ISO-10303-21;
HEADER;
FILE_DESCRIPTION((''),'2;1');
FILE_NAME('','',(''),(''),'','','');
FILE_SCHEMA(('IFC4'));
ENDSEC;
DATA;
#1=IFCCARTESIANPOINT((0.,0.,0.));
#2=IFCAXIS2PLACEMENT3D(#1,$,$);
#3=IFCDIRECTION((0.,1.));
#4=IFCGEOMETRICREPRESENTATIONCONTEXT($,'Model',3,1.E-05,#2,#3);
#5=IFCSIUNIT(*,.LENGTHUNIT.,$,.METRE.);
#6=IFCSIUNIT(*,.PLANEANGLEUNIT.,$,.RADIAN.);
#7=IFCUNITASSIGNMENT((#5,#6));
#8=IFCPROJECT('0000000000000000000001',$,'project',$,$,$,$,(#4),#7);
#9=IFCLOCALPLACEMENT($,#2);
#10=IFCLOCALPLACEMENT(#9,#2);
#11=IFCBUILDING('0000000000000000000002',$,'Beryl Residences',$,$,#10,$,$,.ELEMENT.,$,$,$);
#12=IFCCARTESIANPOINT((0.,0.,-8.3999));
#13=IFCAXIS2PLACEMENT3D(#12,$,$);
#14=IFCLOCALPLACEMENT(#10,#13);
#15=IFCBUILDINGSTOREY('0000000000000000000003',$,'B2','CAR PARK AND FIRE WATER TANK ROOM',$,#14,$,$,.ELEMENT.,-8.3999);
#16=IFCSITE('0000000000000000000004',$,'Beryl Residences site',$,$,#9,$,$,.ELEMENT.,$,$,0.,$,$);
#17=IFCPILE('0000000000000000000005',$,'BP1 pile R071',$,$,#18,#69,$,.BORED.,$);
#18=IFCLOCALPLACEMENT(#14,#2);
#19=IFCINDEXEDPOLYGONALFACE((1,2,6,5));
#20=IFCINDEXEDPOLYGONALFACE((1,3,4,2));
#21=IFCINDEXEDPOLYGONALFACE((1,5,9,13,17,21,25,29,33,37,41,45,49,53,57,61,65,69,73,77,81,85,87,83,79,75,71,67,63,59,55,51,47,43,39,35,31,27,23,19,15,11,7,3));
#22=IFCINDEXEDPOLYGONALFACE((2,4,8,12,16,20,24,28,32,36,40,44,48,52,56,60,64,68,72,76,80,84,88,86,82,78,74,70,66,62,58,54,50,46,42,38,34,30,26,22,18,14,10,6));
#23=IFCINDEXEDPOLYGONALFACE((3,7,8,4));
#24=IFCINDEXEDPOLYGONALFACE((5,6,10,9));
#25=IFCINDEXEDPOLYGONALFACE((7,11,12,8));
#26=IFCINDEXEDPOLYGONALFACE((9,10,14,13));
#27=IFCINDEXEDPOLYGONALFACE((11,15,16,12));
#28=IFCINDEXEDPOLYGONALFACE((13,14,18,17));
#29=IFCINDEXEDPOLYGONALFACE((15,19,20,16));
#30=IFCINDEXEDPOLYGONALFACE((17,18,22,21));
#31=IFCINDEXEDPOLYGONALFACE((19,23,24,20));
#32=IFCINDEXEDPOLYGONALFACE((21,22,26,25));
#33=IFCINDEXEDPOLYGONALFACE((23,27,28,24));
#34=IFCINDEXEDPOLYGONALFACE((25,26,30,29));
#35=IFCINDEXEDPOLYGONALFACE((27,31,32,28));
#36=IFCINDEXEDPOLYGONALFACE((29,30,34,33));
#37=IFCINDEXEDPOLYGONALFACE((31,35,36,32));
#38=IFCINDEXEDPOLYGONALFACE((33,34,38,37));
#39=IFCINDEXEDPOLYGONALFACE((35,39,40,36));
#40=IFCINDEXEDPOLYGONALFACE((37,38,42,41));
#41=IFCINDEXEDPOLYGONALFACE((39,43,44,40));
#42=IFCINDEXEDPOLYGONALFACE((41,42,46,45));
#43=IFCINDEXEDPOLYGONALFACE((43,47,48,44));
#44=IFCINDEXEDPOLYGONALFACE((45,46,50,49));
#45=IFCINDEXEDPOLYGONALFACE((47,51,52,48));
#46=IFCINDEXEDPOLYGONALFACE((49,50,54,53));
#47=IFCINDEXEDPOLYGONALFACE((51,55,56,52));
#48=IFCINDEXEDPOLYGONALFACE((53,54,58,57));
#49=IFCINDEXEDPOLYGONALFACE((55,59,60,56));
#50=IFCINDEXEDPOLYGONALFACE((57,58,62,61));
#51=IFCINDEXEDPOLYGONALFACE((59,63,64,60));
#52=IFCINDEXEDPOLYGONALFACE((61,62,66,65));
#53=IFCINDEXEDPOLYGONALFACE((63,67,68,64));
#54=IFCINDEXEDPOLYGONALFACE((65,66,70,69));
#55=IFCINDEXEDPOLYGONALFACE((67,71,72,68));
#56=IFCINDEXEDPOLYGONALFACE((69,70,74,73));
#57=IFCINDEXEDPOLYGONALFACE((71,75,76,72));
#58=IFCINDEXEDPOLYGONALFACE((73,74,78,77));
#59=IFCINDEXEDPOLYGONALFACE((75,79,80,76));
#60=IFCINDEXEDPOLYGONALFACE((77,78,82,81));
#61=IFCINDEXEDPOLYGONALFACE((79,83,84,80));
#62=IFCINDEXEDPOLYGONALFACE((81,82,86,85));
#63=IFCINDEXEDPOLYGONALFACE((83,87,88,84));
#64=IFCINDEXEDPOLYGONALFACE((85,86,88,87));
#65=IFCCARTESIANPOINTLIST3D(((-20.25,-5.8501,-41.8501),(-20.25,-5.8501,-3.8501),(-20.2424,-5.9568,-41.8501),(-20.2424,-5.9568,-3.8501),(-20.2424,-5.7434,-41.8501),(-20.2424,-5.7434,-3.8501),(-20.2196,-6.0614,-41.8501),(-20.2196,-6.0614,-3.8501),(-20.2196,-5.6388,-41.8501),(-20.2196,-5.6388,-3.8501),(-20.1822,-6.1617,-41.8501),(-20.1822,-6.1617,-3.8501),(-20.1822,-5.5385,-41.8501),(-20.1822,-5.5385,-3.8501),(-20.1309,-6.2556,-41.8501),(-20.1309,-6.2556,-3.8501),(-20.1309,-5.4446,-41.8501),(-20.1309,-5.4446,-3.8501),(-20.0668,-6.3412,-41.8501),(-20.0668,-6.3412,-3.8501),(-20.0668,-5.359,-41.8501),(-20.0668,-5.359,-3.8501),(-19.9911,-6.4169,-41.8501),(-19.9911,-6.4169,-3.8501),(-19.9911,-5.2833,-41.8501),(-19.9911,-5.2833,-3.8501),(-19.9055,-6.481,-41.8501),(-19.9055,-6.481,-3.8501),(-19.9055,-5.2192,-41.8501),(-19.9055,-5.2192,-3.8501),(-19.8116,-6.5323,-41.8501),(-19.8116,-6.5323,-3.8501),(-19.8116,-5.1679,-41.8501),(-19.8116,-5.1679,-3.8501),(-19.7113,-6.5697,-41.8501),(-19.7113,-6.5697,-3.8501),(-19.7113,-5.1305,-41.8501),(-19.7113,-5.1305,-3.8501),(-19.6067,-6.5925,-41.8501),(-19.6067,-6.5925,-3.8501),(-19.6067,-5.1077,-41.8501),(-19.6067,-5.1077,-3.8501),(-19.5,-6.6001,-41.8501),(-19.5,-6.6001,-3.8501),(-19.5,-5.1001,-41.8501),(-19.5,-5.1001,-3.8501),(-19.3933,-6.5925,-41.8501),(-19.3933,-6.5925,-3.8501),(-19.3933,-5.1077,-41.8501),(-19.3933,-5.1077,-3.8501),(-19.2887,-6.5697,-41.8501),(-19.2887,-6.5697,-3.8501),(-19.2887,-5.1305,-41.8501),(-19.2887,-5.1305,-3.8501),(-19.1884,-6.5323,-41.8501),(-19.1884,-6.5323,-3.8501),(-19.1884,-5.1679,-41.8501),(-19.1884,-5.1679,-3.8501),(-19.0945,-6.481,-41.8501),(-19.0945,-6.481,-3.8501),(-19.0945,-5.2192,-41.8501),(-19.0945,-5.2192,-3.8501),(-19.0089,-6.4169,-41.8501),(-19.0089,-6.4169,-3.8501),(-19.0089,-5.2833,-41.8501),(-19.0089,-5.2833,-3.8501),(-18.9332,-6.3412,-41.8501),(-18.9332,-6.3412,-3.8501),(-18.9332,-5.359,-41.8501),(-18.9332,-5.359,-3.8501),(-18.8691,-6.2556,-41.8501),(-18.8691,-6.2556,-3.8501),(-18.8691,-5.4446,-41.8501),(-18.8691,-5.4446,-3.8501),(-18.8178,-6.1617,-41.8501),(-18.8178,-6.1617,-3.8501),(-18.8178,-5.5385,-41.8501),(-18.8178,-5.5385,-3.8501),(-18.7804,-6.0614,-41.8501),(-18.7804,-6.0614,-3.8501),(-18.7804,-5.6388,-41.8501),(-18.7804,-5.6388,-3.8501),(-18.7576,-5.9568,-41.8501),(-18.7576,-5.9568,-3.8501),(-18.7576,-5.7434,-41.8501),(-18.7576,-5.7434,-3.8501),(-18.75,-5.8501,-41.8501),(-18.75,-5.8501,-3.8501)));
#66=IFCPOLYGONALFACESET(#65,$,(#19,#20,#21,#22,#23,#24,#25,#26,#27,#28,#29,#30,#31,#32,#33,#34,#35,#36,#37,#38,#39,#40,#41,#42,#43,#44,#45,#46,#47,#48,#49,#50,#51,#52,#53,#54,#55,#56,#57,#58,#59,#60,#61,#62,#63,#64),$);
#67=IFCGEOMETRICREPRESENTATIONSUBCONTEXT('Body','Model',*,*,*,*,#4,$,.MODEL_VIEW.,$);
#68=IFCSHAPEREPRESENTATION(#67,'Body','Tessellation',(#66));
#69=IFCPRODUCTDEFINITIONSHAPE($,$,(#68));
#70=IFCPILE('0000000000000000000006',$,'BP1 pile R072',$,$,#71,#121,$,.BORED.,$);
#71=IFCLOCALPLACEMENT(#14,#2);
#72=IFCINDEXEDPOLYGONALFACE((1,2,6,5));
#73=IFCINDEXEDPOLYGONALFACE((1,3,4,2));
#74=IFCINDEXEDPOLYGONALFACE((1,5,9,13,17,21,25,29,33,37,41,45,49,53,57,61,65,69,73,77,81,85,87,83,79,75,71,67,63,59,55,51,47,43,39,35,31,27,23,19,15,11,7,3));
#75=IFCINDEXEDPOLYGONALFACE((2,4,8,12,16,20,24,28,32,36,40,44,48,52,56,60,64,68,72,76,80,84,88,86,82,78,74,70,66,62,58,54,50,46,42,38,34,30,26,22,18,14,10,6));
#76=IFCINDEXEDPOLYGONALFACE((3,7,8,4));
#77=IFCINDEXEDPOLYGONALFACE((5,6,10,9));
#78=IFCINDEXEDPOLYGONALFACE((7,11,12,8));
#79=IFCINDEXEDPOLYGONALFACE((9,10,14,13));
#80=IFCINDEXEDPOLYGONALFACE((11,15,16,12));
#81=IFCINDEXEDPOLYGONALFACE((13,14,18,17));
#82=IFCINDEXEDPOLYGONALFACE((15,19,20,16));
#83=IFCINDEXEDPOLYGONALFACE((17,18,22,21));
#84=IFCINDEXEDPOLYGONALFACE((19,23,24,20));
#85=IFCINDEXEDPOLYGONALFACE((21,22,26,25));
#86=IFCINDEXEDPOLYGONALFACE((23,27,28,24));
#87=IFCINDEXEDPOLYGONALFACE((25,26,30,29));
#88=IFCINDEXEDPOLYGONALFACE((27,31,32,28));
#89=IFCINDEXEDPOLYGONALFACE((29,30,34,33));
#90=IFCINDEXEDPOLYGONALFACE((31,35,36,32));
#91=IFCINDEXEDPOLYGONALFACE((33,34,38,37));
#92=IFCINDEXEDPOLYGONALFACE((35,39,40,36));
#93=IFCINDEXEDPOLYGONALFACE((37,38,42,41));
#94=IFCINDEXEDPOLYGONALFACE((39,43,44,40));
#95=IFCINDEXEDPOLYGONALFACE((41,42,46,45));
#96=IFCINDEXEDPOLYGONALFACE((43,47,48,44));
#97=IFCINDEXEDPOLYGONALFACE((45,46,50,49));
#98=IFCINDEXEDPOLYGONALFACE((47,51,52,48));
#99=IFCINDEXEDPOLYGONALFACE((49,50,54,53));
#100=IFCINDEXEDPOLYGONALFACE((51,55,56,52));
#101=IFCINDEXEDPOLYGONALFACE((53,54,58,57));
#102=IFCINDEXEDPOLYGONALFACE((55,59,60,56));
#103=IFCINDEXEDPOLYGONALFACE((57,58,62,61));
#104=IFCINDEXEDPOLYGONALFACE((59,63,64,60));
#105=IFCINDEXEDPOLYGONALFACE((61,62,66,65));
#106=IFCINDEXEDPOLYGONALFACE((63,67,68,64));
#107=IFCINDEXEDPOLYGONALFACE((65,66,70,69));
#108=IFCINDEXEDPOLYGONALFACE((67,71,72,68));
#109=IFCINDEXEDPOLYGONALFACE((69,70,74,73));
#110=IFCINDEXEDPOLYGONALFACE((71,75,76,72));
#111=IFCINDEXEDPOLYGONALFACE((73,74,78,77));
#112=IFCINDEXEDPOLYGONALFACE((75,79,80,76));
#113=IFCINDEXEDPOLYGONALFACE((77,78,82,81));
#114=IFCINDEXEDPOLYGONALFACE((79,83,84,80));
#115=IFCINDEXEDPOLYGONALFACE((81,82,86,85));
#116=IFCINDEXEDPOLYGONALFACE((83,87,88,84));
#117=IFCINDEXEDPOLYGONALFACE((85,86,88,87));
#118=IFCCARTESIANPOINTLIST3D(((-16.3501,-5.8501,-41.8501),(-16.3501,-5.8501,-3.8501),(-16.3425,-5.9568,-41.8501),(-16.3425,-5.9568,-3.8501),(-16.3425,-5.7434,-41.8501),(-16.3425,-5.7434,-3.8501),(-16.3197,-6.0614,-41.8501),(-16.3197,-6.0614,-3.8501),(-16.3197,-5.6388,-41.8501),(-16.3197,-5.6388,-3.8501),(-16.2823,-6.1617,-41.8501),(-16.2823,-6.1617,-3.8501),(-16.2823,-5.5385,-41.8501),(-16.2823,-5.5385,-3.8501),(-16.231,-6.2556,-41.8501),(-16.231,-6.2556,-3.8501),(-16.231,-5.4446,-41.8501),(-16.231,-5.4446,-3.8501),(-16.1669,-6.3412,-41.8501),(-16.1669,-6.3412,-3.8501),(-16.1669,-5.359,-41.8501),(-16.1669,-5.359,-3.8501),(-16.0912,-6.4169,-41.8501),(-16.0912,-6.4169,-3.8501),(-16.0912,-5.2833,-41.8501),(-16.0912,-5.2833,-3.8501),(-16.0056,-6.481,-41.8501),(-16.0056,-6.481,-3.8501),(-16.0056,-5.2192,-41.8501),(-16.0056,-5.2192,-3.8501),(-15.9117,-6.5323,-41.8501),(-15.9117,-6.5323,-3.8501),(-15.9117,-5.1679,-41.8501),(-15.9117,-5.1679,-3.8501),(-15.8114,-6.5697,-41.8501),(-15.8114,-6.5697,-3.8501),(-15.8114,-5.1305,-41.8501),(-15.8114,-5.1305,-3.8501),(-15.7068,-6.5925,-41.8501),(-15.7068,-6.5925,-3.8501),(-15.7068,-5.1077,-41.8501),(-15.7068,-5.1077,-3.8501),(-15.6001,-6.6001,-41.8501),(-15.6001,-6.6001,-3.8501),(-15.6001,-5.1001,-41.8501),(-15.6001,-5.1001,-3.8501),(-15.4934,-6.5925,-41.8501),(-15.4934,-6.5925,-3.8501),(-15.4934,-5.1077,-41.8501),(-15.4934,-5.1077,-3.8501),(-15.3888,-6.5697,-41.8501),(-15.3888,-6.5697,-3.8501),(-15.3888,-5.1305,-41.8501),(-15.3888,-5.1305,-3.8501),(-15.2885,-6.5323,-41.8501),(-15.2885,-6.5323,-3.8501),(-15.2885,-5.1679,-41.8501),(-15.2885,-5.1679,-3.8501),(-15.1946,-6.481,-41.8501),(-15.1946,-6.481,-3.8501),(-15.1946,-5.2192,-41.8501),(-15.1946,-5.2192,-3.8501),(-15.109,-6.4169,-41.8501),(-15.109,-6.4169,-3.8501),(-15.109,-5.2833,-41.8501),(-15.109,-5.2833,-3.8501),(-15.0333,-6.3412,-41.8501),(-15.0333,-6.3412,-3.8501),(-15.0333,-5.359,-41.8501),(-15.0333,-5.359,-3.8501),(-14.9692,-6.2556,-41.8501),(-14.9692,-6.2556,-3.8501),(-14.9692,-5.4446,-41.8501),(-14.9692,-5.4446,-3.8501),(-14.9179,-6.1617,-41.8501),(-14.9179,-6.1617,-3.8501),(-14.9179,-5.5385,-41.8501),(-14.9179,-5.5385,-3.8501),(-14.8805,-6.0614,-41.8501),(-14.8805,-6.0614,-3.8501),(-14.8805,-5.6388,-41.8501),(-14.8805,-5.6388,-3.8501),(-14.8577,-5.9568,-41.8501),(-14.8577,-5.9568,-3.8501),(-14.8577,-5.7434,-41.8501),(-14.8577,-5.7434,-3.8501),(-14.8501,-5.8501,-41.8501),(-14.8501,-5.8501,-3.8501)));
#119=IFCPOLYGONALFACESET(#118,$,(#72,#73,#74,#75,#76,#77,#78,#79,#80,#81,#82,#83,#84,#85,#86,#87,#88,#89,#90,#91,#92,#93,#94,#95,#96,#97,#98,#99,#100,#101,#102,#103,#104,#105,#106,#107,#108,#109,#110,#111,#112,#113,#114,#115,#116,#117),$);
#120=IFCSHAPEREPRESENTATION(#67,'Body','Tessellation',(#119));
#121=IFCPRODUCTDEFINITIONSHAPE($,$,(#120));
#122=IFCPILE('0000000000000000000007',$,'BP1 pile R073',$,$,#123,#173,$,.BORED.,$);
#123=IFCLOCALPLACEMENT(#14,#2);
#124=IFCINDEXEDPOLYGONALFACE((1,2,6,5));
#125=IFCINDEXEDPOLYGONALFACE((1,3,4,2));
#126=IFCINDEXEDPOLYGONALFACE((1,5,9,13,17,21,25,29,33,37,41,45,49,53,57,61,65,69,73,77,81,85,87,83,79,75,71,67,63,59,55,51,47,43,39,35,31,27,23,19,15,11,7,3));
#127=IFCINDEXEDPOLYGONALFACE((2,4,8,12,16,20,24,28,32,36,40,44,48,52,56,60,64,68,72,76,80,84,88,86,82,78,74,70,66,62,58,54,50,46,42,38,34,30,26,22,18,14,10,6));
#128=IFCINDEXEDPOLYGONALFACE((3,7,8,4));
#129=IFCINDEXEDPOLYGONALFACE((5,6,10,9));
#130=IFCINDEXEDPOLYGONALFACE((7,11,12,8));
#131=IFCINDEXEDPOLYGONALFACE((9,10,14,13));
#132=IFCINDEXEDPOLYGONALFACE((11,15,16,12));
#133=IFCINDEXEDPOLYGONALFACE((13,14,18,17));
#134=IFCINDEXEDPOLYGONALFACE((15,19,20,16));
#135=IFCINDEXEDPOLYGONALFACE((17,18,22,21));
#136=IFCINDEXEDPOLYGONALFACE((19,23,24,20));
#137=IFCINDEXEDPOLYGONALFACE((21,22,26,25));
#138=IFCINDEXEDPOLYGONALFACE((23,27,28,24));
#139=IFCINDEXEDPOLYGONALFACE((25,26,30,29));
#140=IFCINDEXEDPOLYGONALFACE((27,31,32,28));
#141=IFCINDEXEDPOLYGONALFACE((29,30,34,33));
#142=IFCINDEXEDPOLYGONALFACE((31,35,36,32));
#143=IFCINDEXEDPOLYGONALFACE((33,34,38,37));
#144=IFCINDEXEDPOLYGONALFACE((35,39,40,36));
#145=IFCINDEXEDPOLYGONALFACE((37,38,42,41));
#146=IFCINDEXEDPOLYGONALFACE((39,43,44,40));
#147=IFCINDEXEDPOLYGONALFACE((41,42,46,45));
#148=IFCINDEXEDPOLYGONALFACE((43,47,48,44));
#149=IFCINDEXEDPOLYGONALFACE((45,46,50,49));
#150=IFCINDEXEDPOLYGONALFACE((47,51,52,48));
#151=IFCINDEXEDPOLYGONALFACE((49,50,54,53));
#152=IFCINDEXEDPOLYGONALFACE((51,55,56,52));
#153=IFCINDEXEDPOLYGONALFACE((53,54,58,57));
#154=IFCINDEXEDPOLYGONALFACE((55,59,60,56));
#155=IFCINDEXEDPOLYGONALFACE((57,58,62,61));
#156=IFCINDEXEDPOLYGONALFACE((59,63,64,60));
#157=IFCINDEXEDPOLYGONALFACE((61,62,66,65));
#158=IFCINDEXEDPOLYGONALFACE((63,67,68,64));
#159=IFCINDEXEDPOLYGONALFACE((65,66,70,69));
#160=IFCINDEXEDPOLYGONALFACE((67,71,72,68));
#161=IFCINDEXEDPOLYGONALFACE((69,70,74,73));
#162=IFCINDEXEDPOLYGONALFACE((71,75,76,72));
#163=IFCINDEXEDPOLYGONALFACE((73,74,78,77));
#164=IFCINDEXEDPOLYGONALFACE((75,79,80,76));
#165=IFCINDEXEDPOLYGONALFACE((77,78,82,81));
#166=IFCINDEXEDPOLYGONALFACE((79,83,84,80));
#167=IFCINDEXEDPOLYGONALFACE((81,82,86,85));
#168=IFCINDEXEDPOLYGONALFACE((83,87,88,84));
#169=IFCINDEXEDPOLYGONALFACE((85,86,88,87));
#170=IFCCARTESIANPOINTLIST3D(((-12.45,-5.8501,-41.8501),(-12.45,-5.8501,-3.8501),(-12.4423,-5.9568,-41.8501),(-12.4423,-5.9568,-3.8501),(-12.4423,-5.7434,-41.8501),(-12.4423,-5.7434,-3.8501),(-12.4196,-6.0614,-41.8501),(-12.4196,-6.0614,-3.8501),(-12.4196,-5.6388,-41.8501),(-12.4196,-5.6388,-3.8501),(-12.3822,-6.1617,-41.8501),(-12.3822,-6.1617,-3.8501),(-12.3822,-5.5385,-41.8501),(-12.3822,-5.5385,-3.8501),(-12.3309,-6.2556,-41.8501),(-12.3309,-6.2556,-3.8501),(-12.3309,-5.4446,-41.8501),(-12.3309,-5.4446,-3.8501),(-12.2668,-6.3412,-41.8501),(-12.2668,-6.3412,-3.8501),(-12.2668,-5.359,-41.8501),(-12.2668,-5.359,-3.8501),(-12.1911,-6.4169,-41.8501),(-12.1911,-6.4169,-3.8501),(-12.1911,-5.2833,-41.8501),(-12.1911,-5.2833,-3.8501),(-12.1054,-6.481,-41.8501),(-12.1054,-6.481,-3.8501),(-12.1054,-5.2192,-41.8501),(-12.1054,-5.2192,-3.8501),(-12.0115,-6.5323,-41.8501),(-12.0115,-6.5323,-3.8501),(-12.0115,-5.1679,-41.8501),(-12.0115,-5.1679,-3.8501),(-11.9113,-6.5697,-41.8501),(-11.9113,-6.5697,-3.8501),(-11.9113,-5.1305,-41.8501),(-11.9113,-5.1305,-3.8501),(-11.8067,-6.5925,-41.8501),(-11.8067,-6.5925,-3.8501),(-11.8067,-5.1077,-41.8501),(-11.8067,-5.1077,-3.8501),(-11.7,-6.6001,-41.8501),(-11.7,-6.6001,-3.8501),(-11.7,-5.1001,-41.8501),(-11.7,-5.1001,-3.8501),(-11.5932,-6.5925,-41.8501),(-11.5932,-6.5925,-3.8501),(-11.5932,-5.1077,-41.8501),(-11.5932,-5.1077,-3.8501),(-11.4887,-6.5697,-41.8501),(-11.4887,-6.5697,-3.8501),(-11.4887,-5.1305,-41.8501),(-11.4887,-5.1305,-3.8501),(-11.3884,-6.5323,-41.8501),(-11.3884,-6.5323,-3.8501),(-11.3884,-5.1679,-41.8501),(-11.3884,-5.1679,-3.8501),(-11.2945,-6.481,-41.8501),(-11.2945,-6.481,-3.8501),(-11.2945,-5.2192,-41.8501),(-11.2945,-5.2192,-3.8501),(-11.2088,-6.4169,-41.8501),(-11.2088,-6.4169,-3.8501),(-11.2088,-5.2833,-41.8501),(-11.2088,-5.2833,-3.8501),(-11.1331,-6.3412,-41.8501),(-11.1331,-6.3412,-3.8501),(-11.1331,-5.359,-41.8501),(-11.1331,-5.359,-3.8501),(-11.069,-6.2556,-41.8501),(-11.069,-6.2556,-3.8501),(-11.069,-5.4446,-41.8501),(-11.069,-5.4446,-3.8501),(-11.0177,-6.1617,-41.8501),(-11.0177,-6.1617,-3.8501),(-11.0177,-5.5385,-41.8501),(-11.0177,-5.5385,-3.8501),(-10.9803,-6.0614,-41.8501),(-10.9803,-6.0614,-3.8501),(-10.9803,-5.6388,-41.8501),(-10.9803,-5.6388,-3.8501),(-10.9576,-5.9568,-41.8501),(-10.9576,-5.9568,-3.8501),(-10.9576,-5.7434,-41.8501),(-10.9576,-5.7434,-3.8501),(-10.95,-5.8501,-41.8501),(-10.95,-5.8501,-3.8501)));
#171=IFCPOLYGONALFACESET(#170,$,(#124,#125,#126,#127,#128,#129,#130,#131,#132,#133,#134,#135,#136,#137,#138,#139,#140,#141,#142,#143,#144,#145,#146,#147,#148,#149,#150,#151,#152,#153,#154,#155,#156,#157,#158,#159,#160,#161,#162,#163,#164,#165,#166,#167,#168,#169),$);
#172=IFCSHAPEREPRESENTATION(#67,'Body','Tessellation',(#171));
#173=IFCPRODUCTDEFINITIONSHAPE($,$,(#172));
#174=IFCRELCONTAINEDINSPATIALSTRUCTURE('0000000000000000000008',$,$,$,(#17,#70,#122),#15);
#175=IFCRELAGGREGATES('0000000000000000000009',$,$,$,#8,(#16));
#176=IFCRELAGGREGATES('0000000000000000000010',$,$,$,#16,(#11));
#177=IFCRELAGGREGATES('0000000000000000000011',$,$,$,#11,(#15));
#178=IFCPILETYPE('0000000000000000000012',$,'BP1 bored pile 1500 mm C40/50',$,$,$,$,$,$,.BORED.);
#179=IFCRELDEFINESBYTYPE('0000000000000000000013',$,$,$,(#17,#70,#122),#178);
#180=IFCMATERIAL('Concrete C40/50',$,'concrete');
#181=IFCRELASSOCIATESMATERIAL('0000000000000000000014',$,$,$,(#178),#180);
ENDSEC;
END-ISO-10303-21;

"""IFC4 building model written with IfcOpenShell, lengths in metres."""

from ifc_helpers import new_model, si_unit, direction, frame, origin, origin_2d, place, context, subcontext, project, spatial, circle, extrude, material, material_profile, profile_set, type_object, element, save


model = new_model("IFC4")

# Units and contexts
model_context = context("Model", 3, precision=1e-05, world=origin(), true_north=direction((0.0, 1.0)))
body_context = subcontext(model_context, "Body", "Model", "MODEL_VIEW")
ifc_project = project(units=[si_unit("LENGTHUNIT", "METRE"), si_unit("PLANEANGLEUNIT", "RADIAN")], contexts=[model_context])

# Site, building, storey
site_placement = place(None, origin())
site = spatial("IfcSite", under=ifc_project, at=site_placement, Name="Beryl Residences site", CompositionType="ELEMENT", RefElevation=0.0)
building_placement = place(site_placement, origin())
building = spatial("IfcBuilding", under=site, at=building_placement, Name="Beryl Residences", CompositionType="ELEMENT")
storey_placement = place(building_placement, frame((0.0, 0.0, -8.3999)))
storey = spatial("IfcBuildingStorey", under=building, at=storey_placement, Name="B2", Description="CAR PARK AND FIRE WATER TANK ROOM", CompositionType="ELEMENT", Elevation=-8.3999)

# Piles
ifc_material_1 = material(Name="Concrete C40/50", Category="concrete")
ifc_material_profile_1 = material_profile(ifc_material_1, circle(Radius=0.75, at=origin_2d()))
ifc_profile_set_1 = profile_set([ifc_material_profile_1], Name="Concrete C40/50")
pile_type = type_object("IfcPileType", Name="BP1 bored pile 1500 mm C40/50", PredefinedType="BORED", material=ifc_profile_set_1)
for number, where, z_axis, x_axis, name in (
    (1, (-19.5, -5.8501, -3.8501), (0.0, 0.0, -1.0), (1.0, 0.0, 0.0), "BP1 pile R071"),
    (2, (-15.6001, -5.8501, -3.8501), (0.0, 0.0, -1.0), (1.0, 0.0, 0.0), "BP1 pile R072"),
    (3, (-11.7, -5.8501, -3.8501), (0.0, 0.0, -1.0), (1.0, 0.0, 0.0), "BP1 pile R073"),
):
    element("IfcPile", number, at=place(storey_placement, frame(where, z_axis=z_axis, x_axis=x_axis)), inside=storey, type_object=pile_type, Name=name, PredefinedType="BORED", context=body_context, shape_type="SweptSolid", body=[
        extrude(circle(Radius=0.75, at=origin_2d()), origin(), (0.0, 0.0, 1.0), 38.0),
    ])

save(model, "model.ifc")
